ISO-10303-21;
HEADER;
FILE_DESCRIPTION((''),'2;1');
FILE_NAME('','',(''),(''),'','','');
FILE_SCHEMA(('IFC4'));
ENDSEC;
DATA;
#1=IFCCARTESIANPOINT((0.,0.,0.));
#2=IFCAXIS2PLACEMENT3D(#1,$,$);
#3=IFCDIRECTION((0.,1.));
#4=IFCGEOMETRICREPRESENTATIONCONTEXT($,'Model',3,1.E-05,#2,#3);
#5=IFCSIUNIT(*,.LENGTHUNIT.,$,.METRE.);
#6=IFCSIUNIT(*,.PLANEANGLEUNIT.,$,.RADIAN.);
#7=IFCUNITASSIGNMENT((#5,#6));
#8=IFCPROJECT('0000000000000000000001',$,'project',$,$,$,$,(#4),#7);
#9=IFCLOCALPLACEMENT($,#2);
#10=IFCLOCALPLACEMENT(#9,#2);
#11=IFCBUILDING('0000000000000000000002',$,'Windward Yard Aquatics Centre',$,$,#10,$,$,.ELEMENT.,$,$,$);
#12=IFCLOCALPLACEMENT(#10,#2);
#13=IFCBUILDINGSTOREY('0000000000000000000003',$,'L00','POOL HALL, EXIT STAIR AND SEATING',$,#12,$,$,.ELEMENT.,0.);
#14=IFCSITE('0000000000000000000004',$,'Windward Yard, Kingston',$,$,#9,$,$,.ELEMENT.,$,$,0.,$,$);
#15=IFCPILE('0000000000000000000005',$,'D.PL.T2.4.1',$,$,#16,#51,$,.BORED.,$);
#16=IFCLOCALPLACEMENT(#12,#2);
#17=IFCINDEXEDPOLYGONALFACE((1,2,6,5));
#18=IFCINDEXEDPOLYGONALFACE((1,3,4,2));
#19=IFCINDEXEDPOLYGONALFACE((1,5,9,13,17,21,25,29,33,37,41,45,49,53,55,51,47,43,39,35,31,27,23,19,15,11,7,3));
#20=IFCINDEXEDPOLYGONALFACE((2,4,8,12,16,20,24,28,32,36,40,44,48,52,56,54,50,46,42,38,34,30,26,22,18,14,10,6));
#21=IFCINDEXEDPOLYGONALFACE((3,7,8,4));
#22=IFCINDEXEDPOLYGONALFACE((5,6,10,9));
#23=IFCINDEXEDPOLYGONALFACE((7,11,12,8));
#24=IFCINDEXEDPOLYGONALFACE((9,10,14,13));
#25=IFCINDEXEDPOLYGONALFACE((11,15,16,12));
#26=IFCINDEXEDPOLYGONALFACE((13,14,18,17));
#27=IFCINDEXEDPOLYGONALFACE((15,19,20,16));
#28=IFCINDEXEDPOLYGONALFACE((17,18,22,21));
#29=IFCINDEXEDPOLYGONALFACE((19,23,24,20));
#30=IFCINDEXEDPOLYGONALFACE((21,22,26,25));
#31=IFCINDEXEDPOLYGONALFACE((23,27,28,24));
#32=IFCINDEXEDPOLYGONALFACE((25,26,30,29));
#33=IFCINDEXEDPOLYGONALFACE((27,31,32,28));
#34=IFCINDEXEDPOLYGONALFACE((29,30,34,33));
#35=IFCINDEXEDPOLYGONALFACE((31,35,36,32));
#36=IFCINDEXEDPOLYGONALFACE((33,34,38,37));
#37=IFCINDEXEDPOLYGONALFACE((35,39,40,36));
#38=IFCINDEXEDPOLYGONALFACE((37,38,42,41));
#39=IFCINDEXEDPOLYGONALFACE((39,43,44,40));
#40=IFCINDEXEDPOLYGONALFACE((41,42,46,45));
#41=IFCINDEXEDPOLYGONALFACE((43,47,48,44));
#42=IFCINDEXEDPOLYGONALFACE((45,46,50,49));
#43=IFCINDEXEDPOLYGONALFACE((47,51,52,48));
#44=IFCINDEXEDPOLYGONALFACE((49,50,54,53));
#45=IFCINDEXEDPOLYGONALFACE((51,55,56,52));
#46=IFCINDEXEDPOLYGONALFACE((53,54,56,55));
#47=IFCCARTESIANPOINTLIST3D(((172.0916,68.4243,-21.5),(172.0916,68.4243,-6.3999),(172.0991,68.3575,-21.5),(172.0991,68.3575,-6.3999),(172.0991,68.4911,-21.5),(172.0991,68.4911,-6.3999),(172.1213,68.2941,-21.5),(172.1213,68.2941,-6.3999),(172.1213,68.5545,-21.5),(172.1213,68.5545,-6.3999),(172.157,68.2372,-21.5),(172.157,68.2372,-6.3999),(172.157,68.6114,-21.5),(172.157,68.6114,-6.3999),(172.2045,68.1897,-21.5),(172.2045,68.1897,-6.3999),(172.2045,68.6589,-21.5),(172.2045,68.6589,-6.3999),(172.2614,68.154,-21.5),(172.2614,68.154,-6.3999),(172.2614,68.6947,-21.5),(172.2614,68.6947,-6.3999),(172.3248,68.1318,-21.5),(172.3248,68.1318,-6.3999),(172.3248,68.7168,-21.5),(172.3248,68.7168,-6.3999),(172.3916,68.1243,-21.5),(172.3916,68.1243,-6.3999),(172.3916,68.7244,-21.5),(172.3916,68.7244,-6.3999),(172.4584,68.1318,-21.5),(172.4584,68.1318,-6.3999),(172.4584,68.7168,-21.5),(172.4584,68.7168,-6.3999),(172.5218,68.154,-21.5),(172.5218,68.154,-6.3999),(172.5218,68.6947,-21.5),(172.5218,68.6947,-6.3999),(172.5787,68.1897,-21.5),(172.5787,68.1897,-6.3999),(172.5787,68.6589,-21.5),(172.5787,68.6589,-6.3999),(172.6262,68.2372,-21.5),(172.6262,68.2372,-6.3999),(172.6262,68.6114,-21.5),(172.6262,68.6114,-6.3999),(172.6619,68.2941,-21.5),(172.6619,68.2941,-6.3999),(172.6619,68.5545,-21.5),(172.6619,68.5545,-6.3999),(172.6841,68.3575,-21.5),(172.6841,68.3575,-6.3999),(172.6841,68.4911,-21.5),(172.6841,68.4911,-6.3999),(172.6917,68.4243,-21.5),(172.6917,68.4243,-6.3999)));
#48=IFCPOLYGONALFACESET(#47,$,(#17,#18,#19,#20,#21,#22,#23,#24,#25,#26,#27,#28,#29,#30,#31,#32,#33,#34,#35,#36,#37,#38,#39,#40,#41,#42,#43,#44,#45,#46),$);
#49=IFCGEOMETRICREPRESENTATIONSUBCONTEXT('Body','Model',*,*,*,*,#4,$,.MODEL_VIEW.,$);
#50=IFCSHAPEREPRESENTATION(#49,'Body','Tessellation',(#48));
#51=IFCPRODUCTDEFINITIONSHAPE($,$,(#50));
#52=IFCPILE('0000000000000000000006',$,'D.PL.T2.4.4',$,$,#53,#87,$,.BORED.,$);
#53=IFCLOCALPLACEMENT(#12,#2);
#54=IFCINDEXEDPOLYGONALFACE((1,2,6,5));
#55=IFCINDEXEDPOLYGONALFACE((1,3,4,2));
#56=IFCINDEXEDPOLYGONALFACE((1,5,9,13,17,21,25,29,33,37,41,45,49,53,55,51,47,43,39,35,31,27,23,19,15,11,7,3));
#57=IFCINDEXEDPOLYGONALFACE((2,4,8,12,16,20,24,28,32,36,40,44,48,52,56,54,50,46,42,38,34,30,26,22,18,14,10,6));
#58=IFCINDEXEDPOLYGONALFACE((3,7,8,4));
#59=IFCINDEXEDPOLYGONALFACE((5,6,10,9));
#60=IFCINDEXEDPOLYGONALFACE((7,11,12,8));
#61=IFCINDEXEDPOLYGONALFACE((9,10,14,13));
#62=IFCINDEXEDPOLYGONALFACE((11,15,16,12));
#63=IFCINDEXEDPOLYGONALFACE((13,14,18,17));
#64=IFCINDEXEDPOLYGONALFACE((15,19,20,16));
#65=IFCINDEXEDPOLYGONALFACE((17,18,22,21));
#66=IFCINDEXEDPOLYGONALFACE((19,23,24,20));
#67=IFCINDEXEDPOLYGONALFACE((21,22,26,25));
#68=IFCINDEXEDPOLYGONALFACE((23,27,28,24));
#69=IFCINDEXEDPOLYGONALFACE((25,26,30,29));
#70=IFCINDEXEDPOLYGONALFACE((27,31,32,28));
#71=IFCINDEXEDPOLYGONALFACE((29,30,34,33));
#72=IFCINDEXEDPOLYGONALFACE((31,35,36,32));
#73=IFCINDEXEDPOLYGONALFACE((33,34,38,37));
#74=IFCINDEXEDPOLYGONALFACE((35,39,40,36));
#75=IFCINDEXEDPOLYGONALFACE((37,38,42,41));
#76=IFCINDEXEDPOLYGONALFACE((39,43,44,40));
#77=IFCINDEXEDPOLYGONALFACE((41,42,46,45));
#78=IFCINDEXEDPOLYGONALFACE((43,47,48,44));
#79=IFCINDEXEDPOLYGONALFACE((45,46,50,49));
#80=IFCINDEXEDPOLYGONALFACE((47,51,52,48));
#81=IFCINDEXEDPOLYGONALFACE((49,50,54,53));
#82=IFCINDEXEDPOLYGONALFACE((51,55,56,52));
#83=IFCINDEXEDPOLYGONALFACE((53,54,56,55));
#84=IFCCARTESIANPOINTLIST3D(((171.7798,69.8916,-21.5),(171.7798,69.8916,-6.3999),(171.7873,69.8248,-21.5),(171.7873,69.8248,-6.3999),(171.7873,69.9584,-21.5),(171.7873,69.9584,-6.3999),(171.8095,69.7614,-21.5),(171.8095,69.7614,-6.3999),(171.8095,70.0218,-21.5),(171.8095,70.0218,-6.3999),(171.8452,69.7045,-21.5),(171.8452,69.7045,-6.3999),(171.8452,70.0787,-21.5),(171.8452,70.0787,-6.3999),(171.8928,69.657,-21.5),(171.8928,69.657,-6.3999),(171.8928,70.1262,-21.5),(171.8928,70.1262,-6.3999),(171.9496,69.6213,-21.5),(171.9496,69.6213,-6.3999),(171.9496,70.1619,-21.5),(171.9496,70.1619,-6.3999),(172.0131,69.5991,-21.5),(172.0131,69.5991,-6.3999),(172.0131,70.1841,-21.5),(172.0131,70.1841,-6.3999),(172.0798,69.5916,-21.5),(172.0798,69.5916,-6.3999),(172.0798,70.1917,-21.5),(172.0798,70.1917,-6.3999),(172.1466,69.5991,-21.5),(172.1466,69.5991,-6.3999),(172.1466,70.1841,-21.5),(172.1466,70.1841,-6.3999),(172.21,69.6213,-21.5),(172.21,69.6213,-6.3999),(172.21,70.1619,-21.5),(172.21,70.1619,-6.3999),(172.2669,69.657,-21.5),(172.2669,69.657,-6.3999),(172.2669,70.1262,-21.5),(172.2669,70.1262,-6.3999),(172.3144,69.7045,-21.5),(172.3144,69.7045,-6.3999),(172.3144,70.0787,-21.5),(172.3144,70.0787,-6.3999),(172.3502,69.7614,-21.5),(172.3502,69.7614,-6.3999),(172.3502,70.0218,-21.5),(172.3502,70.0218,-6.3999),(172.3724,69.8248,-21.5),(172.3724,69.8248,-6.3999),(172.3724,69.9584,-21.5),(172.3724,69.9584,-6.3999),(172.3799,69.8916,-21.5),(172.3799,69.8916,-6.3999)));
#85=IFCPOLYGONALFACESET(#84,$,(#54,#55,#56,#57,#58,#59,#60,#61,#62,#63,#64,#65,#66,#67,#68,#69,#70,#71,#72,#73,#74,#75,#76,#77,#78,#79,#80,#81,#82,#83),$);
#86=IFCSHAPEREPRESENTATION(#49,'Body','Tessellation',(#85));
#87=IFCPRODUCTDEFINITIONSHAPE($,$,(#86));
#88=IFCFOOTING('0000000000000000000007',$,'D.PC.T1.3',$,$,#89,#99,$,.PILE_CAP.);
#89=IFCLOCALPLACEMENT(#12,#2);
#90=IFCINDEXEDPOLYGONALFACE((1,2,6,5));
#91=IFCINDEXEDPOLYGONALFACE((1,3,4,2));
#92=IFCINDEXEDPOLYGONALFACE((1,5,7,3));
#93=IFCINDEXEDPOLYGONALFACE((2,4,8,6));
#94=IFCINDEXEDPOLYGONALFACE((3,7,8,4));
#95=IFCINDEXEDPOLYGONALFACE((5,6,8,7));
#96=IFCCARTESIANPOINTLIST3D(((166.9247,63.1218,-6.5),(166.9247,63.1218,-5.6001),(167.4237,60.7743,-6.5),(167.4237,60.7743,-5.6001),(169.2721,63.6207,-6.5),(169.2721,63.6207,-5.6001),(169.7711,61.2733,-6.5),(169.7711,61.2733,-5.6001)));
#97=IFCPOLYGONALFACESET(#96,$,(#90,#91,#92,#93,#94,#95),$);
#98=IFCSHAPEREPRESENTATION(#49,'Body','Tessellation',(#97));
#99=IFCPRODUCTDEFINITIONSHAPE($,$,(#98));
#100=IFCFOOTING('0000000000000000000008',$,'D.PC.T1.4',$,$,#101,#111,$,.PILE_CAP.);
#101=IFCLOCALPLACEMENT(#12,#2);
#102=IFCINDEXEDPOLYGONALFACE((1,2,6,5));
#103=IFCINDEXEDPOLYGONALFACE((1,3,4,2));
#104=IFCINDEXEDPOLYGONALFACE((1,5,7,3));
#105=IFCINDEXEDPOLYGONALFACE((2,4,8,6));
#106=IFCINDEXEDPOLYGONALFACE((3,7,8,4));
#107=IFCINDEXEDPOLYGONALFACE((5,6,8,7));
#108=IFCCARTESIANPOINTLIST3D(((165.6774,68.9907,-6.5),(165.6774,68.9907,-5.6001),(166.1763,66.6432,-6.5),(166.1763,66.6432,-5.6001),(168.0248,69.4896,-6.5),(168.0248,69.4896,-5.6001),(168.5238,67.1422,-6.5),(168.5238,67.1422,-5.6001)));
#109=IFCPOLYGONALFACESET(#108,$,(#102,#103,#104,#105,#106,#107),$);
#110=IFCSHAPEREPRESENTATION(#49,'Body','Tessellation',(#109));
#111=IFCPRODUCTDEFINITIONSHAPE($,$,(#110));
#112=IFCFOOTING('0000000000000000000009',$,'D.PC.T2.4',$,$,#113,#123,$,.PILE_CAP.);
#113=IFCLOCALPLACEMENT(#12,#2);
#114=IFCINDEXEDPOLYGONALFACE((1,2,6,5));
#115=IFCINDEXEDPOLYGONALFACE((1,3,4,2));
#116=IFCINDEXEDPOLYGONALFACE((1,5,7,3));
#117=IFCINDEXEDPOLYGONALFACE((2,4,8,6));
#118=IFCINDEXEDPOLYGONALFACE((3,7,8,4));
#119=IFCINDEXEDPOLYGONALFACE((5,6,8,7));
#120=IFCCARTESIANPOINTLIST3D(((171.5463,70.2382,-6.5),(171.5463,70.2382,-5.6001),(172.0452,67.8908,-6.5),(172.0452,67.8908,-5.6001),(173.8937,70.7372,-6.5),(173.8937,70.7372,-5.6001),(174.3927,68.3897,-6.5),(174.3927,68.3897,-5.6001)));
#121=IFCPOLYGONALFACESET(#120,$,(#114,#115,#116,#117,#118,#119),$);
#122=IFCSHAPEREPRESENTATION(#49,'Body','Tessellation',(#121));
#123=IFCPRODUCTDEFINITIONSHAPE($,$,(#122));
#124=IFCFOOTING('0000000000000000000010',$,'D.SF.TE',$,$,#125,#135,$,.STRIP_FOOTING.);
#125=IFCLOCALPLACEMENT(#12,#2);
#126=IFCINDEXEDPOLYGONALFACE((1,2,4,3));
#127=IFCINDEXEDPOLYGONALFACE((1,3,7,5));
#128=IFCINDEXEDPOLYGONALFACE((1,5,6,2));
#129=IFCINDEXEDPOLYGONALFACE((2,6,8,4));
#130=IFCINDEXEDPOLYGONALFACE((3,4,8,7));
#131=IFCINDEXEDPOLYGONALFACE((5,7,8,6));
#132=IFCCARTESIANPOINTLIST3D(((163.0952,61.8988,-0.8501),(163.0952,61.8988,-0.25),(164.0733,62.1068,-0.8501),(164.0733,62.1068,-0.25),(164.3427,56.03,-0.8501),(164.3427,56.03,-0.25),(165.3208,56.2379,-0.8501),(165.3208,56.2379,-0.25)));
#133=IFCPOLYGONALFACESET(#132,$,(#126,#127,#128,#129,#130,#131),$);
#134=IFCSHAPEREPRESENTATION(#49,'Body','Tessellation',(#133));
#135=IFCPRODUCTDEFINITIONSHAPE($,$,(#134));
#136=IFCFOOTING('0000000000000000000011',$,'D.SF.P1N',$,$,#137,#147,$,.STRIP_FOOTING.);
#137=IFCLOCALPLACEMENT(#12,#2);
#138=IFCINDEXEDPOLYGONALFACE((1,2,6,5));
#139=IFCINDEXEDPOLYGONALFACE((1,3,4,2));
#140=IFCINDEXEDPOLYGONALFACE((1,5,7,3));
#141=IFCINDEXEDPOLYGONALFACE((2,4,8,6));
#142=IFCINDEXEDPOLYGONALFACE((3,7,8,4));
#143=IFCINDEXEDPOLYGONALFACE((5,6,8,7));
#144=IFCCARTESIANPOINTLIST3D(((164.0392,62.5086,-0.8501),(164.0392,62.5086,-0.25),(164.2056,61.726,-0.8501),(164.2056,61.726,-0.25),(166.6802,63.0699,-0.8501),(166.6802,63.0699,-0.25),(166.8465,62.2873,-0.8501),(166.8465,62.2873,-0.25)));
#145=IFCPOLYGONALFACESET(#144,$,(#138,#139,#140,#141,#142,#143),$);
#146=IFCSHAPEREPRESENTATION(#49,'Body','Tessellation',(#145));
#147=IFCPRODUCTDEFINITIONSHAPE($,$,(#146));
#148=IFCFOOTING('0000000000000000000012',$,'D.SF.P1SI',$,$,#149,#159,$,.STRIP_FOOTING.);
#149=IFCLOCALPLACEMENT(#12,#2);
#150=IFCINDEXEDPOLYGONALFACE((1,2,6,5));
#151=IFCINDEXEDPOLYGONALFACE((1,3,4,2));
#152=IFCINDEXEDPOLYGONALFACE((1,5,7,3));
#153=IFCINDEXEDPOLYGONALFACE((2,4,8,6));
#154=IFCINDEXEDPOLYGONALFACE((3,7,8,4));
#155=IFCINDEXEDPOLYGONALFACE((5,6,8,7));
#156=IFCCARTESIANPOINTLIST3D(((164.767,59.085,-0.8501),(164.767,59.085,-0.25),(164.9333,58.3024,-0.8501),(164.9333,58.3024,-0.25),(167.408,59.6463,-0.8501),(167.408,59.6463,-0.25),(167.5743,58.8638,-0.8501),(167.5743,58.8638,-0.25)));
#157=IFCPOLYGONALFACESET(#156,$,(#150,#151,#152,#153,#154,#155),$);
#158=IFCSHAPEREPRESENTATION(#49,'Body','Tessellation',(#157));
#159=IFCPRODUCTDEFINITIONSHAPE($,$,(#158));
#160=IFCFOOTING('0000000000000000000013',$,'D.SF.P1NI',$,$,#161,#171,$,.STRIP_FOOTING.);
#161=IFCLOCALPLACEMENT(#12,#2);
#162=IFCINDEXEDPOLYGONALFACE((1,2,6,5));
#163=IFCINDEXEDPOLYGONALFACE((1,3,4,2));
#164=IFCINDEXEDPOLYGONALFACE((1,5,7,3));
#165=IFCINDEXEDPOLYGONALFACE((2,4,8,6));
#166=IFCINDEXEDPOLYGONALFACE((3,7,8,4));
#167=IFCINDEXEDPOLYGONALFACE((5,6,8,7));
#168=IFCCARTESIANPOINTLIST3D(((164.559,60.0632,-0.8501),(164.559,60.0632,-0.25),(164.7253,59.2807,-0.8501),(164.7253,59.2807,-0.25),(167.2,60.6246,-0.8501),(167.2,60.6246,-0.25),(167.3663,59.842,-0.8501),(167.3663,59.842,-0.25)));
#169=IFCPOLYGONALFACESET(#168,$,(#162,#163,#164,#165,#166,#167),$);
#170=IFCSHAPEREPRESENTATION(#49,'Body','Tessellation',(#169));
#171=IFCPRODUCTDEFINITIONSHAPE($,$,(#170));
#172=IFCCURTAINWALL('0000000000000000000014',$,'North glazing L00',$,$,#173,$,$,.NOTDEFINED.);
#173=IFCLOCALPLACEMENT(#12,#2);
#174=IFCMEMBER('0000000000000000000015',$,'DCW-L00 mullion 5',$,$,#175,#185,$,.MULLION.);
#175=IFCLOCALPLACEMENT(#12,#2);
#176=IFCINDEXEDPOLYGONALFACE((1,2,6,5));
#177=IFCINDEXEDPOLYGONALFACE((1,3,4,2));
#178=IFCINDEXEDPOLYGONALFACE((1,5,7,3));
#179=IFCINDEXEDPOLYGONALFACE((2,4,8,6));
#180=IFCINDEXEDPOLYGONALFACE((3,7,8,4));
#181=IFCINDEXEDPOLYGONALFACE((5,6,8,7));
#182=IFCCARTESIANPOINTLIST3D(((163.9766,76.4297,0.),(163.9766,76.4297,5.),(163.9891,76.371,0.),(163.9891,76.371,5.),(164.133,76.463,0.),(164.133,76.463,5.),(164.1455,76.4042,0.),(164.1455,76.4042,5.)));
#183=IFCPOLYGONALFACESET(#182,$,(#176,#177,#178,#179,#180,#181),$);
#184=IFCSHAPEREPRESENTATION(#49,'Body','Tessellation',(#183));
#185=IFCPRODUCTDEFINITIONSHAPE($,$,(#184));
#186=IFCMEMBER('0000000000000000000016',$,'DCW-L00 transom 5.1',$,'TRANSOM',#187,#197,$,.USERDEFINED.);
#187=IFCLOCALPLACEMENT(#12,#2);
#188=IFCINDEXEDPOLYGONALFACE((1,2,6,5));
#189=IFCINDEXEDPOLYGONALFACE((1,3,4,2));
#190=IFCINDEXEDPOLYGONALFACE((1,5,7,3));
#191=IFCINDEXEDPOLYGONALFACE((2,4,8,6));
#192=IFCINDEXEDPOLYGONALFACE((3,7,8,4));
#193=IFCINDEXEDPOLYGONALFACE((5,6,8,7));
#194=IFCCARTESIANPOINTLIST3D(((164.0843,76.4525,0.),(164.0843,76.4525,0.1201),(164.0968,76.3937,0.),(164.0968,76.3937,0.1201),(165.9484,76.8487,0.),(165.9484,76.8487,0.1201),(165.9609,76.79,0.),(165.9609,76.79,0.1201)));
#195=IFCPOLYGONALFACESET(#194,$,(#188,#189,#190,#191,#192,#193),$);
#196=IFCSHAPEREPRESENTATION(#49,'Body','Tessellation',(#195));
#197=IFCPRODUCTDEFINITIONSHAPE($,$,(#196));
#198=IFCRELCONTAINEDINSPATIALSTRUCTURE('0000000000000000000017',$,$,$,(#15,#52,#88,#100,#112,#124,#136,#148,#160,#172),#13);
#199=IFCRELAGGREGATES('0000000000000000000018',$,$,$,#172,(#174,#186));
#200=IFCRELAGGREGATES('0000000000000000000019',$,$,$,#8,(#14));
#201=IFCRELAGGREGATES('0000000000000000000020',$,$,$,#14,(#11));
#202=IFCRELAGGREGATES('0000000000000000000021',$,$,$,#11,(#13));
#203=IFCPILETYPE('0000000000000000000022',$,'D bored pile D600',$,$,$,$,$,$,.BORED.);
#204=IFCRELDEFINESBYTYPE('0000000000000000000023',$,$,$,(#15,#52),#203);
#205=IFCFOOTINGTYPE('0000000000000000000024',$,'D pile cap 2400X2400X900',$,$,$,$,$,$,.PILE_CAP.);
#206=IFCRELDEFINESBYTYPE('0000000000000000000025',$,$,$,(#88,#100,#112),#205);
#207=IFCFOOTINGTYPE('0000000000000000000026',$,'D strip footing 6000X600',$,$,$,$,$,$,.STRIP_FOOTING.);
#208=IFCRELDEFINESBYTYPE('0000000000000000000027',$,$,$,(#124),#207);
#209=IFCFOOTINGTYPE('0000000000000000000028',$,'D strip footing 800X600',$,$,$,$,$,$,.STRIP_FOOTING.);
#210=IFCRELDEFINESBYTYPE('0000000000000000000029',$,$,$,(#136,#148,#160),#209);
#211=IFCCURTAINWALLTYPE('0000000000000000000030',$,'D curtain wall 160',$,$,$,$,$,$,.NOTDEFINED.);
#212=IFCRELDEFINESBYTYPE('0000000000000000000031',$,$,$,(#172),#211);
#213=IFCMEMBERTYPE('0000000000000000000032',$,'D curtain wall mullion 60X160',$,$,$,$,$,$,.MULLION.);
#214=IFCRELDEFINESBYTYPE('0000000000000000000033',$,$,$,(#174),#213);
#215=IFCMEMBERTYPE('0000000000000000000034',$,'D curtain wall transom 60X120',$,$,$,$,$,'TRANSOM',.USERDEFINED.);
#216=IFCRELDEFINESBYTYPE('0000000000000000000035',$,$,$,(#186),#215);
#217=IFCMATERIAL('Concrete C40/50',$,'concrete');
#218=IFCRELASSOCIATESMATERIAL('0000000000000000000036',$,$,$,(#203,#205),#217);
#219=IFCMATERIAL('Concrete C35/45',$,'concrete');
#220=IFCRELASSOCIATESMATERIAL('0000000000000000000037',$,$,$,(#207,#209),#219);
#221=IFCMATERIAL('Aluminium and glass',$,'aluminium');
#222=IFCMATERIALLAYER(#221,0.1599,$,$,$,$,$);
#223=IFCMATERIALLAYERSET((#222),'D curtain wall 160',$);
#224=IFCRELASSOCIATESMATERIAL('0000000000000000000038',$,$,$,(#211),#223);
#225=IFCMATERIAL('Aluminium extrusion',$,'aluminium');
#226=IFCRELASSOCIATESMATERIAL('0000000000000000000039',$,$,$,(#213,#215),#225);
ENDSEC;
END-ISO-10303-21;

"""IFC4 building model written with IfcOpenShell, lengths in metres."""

from ifc_helpers import new_model, si_unit, direction, frame, origin, origin_2d, place, context, subcontext, project, spatial, rectangle, circle, extrude, material, layer, layer_set, material_profile, profile_set, type_object, element, aggregate, save


model = new_model("IFC4")

# Units and contexts
model_context = context("Model", 3, precision=1e-05, world=origin(), true_north=direction((0.0, 1.0)))
body_context = subcontext(model_context, "Body", "Model", "MODEL_VIEW")
ifc_project = project(units=[si_unit("LENGTHUNIT", "METRE"), si_unit("PLANEANGLEUNIT", "RADIAN")], contexts=[model_context])

# Site, building, storey
site_placement = place(None, origin())
site = spatial("IfcSite", under=ifc_project, at=site_placement, Name="Windward Yard, Kingston", CompositionType="ELEMENT", RefElevation=0.0)
building_placement = place(site_placement, origin())
building = spatial("IfcBuilding", under=site, at=building_placement, Name="Windward Yard Aquatics Centre", CompositionType="ELEMENT")
storey_placement = place(building_placement, origin())
storey = spatial("IfcBuildingStorey", under=building, at=storey_placement, Name="L00", Description="POOL HALL, EXIT STAIR AND SEATING", CompositionType="ELEMENT", Elevation=0.0)

# Piles
ifc_material_1 = material(Name="Concrete C40/50", Category="concrete")
ifc_material_profile_1 = material_profile(ifc_material_1, circle(Radius=0.3, at=origin_2d()), Name="RC D600")
ifc_profile_set_1 = profile_set([ifc_material_profile_1], Name="Concrete C40/50")
pile_type = type_object("IfcPileType", Name="D bored pile D600", PredefinedType="BORED", material=ifc_profile_set_1)
for number, where, z_axis, x_axis, name in (
    (1, (172.3916, 68.4243, -6.3999), (0.0, 0.0, -1.0), (1.0, 0.0, 0.0), "D.PL.T2.4.1"),
    (2, (172.0798, 69.8916, -6.3999), (0.0, 0.0, -1.0), (1.0, 0.0, 0.0), "D.PL.T2.4.4"),
):
    element("IfcPile", number, at=place(storey_placement, frame(where, z_axis=z_axis, x_axis=x_axis)), inside=storey, type_object=pile_type, Name=name, PredefinedType="BORED", context=body_context, shape_type="SweptSolid", body=[
        extrude(circle(Radius=0.3, at=origin_2d()), origin(), (0.0, 0.0, 1.0), 15.1001),
    ])

# Footings
footing_type_1 = type_object("IfcFootingType", Name="D pile cap 2400X2400X900", PredefinedType="PILE_CAP", material=ifc_material_1)
for number, where, z_axis, x_axis, name in (
    (3, (168.3479, 62.1975, -6.5), (0.0, 0.0, 1.0), (0.978148, 0.207912, 0.0), "D.PC.T1.3"),
    (4, (167.1006, 68.0664, -6.5), (0.0, 0.0, 1.0), (0.978148, 0.207912, 0.0), "D.PC.T1.4"),
    (5, (172.9695, 69.314, -6.5), (0.0, 0.0, 1.0), (0.978148, 0.207912, 0.0), "D.PC.T2.4"),
):
    element("IfcFooting", number, at=place(storey_placement, frame(where, z_axis=z_axis, x_axis=x_axis)), inside=storey, type_object=footing_type_1, Name=name, PredefinedType="PILE_CAP", context=body_context, shape_type="SweptSolid", body=[
        extrude(rectangle(XDim=2.3999, YDim=2.3999, at=origin_2d()), origin(), (0.0, 0.0, 1.0), 0.8999),
    ])
ifc_material_2 = material(Name="Concrete C35/45", Category="concrete")
footing_type_2 = type_object("IfcFootingType", Name="D strip footing 6000X600", PredefinedType="STRIP_FOOTING", material=ifc_material_2)
footing_placement = place(storey_placement, frame((164.208, 59.0684, -0.8501), z_axis=(0.0, 0.0, 1.0), x_axis=(0.978148, 0.207912, 0.0)))
element("IfcFooting", 6, at=footing_placement, inside=storey, type_object=footing_type_2, Name="D.SF.TE", PredefinedType="STRIP_FOOTING", context=body_context, shape_type="SweptSolid", body=[
    extrude(rectangle(XDim=1.0, YDim=6.0, at=origin_2d()), origin(), (0.0, 0.0, 1.0), 0.6001),
])
footing_type_3 = type_object("IfcFootingType", Name="D strip footing 800X600", PredefinedType="STRIP_FOOTING", material=ifc_material_2)
for number, where, z_axis, x_axis, name in (
    (7, (165.4429, 62.3979, -0.8501), (0.0, 0.0, 1.0), (0.978148, 0.207912, 0.0), "D.SF.P1N"),
    (8, (166.1707, 58.9744, -0.8501), (0.0, 0.0, 1.0), (0.978148, 0.207912, 0.0), "D.SF.P1SI"),
    (9, (165.9626, 59.9526, -0.8501), (0.0, 0.0, 1.0), (0.978148, 0.207912, 0.0), "D.SF.P1NI"),
):
    element("IfcFooting", number, at=place(storey_placement, frame(where, z_axis=z_axis, x_axis=x_axis)), inside=storey, type_object=footing_type_3, Name=name, PredefinedType="STRIP_FOOTING", context=body_context, shape_type="SweptSolid", body=[
        extrude(rectangle(XDim=2.7, YDim=0.8, at=origin_2d()), origin(), (0.0, 0.0, 1.0), 0.6001),
    ])

# Curtain wall, members
ifc_material_3 = material(Name="Aluminium and glass", Category="aluminium")
ifc_layer_1 = layer(ifc_material_3, 0.1599)
ifc_layer_set_1 = layer_set([ifc_layer_1], Name="D curtain wall 160")
curtain_wall_type = type_object("IfcCurtainWallType", Name="D curtain wall 160", PredefinedType="NOTDEFINED", material=ifc_layer_set_1)
curtain_wall_placement = place(storey_placement, origin())
curtain_wall = element("IfcCurtainWall", 10, at=curtain_wall_placement, inside=storey, type_object=curtain_wall_type, Name="North glazing L00", PredefinedType="NOTDEFINED")
ifc_material_4 = material(Name="Aluminium extrusion", Category="aluminium")
ifc_material_profile_2 = material_profile(ifc_material_4, rectangle(XDim=0.0601, YDim=0.1599, at=origin_2d()), Name="MULLION 60X160")
ifc_profile_set_2 = profile_set([ifc_material_profile_2], Name="Aluminium extrusion")
member_type_1 = type_object("IfcMemberType", Name="D curtain wall mullion 60X160", PredefinedType="MULLION", material=ifc_profile_set_2)
member_1_placement = place(storey_placement, frame((164.061, 76.417, 0.0), z_axis=(0.0, 0.0, 1.0), x_axis=(-0.207912, 0.978148, 0.0)))
member_1 = element("IfcMember", 11, at=member_1_placement, type_object=member_type_1, Name="DCW-L00 mullion 5", PredefinedType="MULLION", context=body_context, shape_type="SweptSolid", body=[
    extrude(rectangle(XDim=0.0601, YDim=0.1599, at=origin_2d()), origin(), (0.0, 0.0, 1.0), 5.0),
])
ifc_material_profile_3 = material_profile(ifc_material_4, rectangle(XDim=0.0601, YDim=0.1201, at=origin_2d()), Name="TRANSOM 60X120")
ifc_profile_set_3 = profile_set([ifc_material_profile_3], Name="Aluminium extrusion")
member_type_2 = type_object("IfcMemberType", Name="D curtain wall transom 60X120", ElementType="TRANSOM", PredefinedType="USERDEFINED", material=ifc_profile_set_3)
member_2_placement = place(storey_placement, frame((164.0906, 76.4231, 0.0601), z_axis=(0.978144, 0.207928, 0.0), x_axis=(-0.207928, 0.978144, 0.0)))
member_2 = element("IfcMember", 12, at=member_2_placement, type_object=member_type_2, Name="DCW-L00 transom 5.1", ObjectType="TRANSOM", PredefinedType="USERDEFINED", context=body_context, shape_type="SweptSolid", body=[
    extrude(rectangle(XDim=0.0601, YDim=0.1201, at=origin_2d()), origin(), (0.0, 0.0, 1.0), 1.9058),
])
aggregate(curtain_wall, [member_1, member_2])

save(model, "model.ifc")
